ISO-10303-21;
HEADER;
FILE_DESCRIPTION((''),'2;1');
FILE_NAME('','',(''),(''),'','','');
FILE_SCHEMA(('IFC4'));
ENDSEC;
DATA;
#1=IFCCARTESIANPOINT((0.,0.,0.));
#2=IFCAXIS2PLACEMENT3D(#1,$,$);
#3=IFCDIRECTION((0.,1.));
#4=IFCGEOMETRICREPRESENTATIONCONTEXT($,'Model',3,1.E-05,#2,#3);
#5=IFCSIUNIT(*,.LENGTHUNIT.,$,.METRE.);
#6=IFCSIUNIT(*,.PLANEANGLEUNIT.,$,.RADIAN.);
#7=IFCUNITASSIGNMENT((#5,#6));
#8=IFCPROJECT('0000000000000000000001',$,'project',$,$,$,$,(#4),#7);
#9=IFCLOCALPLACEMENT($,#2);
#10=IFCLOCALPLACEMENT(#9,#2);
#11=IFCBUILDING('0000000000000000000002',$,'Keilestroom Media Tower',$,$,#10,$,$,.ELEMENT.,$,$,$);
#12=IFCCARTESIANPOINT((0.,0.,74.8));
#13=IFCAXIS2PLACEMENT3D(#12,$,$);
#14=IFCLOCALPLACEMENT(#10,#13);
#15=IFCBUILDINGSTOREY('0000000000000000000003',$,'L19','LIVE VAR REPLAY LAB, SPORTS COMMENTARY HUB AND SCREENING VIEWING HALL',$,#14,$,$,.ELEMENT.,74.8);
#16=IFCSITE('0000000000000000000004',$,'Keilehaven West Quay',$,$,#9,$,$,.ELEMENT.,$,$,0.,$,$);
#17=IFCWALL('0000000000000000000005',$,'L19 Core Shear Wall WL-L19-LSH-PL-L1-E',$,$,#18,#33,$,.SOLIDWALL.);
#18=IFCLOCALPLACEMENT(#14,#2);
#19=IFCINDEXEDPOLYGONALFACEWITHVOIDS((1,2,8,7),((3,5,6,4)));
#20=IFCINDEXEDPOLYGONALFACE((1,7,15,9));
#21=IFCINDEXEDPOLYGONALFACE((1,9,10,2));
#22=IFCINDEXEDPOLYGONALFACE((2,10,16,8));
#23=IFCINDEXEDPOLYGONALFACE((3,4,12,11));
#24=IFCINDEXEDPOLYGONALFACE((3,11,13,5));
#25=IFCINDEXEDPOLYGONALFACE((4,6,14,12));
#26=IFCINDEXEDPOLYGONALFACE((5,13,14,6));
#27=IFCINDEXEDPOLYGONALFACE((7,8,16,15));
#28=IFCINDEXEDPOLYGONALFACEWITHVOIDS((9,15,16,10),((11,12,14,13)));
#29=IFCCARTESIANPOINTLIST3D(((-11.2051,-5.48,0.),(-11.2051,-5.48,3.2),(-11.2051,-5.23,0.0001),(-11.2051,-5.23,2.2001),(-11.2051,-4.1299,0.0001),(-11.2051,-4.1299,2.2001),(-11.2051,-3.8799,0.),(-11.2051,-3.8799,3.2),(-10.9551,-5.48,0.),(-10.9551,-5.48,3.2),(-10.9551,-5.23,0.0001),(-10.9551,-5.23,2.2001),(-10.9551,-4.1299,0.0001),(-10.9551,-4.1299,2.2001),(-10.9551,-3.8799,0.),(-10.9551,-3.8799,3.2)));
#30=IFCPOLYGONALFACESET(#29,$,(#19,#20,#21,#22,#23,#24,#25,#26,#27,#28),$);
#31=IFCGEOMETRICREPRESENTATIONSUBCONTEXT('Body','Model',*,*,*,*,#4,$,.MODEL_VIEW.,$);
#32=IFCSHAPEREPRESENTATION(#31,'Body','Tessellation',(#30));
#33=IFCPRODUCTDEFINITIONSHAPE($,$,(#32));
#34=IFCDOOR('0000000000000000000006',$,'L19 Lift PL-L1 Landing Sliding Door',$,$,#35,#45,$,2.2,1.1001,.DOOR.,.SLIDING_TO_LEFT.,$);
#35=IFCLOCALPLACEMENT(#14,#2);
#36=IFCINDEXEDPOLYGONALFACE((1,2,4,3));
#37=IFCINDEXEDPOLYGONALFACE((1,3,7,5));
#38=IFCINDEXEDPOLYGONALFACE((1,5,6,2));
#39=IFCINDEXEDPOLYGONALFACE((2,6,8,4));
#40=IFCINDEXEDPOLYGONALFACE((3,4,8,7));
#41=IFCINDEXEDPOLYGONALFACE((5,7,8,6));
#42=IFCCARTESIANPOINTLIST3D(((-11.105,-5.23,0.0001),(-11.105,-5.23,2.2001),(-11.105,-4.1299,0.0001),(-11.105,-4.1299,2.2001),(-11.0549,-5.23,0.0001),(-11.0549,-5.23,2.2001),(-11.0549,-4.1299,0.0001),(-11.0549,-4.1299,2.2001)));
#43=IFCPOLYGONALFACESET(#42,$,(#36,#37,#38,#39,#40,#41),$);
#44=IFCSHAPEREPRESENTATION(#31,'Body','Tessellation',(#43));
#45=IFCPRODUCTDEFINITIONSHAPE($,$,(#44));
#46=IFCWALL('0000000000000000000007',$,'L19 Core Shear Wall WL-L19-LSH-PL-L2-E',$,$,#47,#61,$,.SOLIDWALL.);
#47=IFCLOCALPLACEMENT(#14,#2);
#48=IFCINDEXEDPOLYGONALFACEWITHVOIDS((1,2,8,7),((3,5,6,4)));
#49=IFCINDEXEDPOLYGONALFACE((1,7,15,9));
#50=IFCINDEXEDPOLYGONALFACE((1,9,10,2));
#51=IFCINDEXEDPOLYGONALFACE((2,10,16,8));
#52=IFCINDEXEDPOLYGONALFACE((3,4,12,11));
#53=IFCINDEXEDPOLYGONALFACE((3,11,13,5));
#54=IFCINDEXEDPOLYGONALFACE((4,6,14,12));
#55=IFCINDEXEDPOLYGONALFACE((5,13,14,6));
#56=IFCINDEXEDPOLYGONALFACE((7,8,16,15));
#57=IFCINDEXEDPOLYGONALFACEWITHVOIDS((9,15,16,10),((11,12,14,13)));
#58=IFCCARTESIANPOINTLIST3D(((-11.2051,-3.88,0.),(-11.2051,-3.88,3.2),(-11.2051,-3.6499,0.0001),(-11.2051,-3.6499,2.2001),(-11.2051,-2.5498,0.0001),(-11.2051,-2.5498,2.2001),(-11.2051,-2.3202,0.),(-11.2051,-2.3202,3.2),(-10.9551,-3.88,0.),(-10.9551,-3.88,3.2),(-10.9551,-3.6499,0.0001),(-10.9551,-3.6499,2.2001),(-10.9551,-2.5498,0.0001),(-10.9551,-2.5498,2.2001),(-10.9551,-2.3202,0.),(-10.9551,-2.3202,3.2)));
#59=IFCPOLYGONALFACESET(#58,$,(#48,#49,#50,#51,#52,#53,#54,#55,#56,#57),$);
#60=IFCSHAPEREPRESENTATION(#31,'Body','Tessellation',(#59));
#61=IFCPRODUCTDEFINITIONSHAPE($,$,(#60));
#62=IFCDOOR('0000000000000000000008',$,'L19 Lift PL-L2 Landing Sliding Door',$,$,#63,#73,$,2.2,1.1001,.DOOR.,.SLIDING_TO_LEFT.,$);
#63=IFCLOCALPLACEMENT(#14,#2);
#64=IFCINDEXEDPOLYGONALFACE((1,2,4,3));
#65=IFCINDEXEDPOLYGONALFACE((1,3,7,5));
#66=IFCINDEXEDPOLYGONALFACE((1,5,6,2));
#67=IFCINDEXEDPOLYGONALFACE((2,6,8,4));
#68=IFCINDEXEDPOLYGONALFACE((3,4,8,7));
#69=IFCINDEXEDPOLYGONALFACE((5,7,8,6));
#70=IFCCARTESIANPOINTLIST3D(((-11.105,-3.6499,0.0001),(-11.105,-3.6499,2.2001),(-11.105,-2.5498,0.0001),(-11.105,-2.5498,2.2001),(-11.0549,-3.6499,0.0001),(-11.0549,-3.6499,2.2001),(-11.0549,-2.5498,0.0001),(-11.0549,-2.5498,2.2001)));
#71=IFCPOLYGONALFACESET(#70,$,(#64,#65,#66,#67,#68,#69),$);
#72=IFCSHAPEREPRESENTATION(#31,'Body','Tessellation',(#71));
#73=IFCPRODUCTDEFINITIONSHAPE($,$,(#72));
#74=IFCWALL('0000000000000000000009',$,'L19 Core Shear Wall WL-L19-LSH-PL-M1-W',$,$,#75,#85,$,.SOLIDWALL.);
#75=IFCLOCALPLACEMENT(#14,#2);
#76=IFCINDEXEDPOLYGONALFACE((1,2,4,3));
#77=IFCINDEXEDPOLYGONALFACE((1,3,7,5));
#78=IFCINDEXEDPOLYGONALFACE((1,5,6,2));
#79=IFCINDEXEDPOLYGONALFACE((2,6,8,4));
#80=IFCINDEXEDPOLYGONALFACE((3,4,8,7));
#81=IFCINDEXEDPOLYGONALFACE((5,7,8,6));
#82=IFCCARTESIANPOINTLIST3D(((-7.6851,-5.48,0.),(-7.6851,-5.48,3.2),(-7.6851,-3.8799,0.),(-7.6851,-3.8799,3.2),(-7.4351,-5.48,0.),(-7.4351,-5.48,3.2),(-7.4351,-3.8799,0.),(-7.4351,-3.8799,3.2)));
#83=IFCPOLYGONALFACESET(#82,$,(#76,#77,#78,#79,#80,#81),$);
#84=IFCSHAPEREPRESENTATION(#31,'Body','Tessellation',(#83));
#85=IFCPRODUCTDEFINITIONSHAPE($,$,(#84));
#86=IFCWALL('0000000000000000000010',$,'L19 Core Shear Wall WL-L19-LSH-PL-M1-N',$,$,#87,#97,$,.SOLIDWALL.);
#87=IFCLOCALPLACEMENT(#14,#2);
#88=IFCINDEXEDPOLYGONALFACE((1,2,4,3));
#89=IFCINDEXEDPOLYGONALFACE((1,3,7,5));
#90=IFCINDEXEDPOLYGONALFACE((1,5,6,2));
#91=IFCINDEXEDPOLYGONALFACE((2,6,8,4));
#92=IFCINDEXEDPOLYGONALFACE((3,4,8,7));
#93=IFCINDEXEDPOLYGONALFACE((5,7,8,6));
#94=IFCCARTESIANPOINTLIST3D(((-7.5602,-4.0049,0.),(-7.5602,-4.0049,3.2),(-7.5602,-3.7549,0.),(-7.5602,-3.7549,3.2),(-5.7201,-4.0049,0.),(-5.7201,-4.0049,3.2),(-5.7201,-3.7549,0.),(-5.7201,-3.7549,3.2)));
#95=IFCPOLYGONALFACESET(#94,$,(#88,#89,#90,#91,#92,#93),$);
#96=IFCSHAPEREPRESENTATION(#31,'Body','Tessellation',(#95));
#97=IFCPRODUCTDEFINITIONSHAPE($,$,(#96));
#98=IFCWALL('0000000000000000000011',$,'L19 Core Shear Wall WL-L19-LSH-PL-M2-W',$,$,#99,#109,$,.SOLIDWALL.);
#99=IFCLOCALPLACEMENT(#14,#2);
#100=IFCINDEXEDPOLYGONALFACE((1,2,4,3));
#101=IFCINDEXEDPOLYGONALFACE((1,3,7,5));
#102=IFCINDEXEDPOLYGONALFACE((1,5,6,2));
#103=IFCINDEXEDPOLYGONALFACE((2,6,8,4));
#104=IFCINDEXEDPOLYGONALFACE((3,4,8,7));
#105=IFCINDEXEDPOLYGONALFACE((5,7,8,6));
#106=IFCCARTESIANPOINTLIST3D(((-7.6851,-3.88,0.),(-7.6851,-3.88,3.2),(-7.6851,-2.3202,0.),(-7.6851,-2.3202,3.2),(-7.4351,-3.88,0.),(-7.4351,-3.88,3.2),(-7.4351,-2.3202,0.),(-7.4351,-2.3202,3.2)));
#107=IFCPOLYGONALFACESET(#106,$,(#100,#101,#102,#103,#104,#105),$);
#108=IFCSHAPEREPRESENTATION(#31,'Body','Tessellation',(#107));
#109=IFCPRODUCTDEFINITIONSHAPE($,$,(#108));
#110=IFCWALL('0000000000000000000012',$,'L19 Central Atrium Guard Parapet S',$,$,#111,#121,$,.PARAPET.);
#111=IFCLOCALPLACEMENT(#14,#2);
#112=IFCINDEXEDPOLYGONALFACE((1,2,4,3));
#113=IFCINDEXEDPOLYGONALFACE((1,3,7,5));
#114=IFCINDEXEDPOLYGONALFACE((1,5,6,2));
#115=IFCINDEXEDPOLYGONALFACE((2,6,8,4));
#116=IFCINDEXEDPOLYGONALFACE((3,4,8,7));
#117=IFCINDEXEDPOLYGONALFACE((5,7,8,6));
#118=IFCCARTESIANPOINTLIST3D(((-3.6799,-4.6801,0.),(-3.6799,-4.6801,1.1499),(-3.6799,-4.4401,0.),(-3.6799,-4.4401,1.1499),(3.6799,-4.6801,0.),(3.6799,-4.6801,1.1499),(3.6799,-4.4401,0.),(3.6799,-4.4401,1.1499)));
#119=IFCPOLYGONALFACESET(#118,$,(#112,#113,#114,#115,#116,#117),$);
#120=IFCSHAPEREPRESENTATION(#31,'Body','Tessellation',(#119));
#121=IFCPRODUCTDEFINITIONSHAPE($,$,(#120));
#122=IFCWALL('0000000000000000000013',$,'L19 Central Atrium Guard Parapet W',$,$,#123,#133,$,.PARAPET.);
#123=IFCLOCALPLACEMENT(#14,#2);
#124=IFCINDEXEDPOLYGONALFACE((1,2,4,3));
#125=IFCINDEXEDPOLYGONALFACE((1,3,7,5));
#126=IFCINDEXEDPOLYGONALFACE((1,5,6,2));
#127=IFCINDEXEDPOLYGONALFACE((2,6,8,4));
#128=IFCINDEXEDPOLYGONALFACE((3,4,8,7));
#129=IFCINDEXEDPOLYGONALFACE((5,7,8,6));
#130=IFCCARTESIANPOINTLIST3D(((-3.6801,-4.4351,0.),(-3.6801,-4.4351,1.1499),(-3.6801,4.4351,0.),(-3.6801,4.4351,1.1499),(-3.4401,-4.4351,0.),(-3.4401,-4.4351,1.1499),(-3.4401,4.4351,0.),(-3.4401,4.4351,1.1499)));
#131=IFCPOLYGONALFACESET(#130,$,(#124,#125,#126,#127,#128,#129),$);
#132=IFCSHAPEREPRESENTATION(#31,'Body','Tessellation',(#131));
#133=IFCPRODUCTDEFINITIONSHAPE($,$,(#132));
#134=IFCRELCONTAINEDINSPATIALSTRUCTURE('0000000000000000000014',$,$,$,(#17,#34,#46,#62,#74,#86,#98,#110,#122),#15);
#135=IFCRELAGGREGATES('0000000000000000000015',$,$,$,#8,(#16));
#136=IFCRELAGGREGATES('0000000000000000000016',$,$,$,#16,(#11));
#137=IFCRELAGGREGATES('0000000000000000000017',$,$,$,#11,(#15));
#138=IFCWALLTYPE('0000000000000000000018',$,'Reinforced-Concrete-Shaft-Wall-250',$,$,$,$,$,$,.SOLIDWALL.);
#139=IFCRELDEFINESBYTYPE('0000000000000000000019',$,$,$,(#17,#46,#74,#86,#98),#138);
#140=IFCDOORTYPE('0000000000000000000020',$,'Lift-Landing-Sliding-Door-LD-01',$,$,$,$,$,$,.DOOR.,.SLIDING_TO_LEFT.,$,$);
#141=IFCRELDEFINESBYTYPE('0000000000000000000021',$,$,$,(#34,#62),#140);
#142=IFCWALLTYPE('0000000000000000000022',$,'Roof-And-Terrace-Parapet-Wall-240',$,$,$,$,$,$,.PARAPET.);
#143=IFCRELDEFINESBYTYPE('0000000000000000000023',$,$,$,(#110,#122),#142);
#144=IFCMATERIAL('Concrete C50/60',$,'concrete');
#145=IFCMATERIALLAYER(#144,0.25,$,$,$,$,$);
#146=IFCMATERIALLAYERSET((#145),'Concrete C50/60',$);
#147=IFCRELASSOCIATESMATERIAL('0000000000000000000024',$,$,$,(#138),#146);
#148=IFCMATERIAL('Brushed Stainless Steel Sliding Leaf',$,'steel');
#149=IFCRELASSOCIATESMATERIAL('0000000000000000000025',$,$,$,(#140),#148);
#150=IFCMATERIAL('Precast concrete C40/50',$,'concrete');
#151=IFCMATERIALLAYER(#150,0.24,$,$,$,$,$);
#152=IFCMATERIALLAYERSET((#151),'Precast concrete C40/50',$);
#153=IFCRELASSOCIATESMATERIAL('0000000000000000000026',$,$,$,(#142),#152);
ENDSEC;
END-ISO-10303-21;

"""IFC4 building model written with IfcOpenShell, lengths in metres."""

from ifc_helpers import new_model, si_unit, direction, frame, frame_2d, origin, place, context, subcontext, project, spatial, rectangle, extrude, source, transform, mapped, material, layer, layer_set, type_object, element, fill, save


model = new_model("IFC4")

# Units and contexts
model_context = context("Model", 3, precision=1e-05, world=origin(), true_north=direction((0.0, 1.0)))
body_context = subcontext(model_context, "Body", "Model", "MODEL_VIEW")
ifc_project = project(units=[si_unit("LENGTHUNIT", "METRE"), si_unit("PLANEANGLEUNIT", "RADIAN")], contexts=[model_context])

# Site, building, storey
site_placement = place(None, origin())
site = spatial("IfcSite", under=ifc_project, at=site_placement, Name="Keilehaven West Quay", CompositionType="ELEMENT", RefElevation=0.0)
building_placement = place(site_placement, origin())
building = spatial("IfcBuilding", under=site, at=building_placement, Name="Keilestroom Media Tower", CompositionType="ELEMENT")
storey_placement = place(building_placement, frame((0.0, 0.0, 74.8)))
storey = spatial("IfcBuildingStorey", under=building, at=storey_placement, Name="L19", Description="LIVE VAR REPLAY LAB, SPORTS COMMENTARY HUB AND SCREENING VIEWING HALL", CompositionType="ELEMENT", Elevation=74.8)

# Shared definitions
ifc_material_1 = material(Name="Concrete C50/60", Category="concrete")
ifc_layer_1 = layer(ifc_material_1, 0.25)
ifc_layer_set_1 = layer_set([ifc_layer_1], Name="Concrete C50/60")
wall_type_1 = type_object("IfcWallType", Name="Reinforced-Concrete-Shaft-Wall-250", PredefinedType="SOLIDWALL", material=ifc_layer_set_1)

# Shared definitions
ifc_material_2 = material(Name="Brushed Stainless Steel Sliding Leaf", Category="steel")

# Walls, openings, doors
wall_1_placement = place(storey_placement, frame((-11.0801, -5.48, 0.0), z_axis=(0.0, 0.0, 1.0), x_axis=(0.0, 1.0, 0.0)))
wall_1 = element("IfcWall", 1, at=wall_1_placement, inside=storey, type_object=wall_type_1, Name="L19 Core Shear Wall WL-L19-LSH-PL-L1-E", PredefinedType="SOLIDWALL", context=body_context, shape_type="SweptSolid", body=[
    extrude(rectangle(XDim=1.6001, YDim=0.25, at=frame_2d((0.8, 0.0))), origin(), (0.0, 0.0, 1.0), 3.2),
])
opening_1_placement = place(wall_1_placement, frame((0.25, 0.0, 0.0)))
opening_1 = element("IfcOpeningElement", 2, at=opening_1_placement, cuts=wall_1, PredefinedType="OPENING", context=body_context, shape_type="SweptSolid", body=[
    extrude(rectangle(XDim=1.1001, YDim=2.2, at=frame_2d((0.55, 1.1001))), frame((0.0, 0.135, 0.0), z_axis=(0.0, -1.0, 0.0), x_axis=(1.0, 0.0, 0.0)), (0.0, 0.0, 1.0), 0.27),
])
door_type_1 = type_object("IfcDoorType", Name="Lift-Landing-Sliding-Door-LD-01", OperationType="SLIDING_TO_LEFT", PredefinedType="DOOR", material=ifc_material_2)
shared_shape_1 = source(origin(), body_context, "Body", "SweptSolid", [
    extrude(rectangle(XDim=1.1001, YDim=2.2, at=frame_2d((0.55, 1.1001))), frame((0.0, 0.0249, 0.0), z_axis=(0.0, -1.0, 0.0), x_axis=(1.0, 0.0, 0.0)), (0.0, 0.0, 1.0), 0.05),
])
door_1_placement = place(opening_1_placement, origin())
door_1 = element("IfcDoor", 3, at=door_1_placement, inside=storey, type_object=door_type_1, Name="L19 Lift PL-L1 Landing Sliding Door", OperationType="SLIDING_TO_LEFT", OverallHeight=2.2, OverallWidth=1.1001, PredefinedType="DOOR", context=body_context, shape_type="MappedRepresentation", body=[
    mapped(shared_shape_1, transform((0.0, 0.0, 0.0), x_axis=(1.0, 0.0, 0.0), y_axis=(0.0, 1.0, 0.0), z_axis=(0.0, 0.0, 1.0), scale=1.0)),
])
fill(opening_1, door_1)
wall_2_placement = place(storey_placement, frame((-11.0801, -3.8799, 0.0), z_axis=(0.0, 0.0, 1.0), x_axis=(0.0, 1.0, 0.0)))
wall_2 = element("IfcWall", 4, at=wall_2_placement, inside=storey, type_object=wall_type_1, Name="L19 Core Shear Wall WL-L19-LSH-PL-L2-E", PredefinedType="SOLIDWALL", context=body_context, shape_type="SweptSolid", body=[
    extrude(rectangle(XDim=1.5598, YDim=0.25, at=frame_2d((0.7798, 0.0))), origin(), (0.0, 0.0, 1.0), 3.2),
])
opening_2_placement = place(wall_2_placement, frame((0.23, 0.0, 0.0)))
opening_2 = element("IfcOpeningElement", 5, at=opening_2_placement, cuts=wall_2, PredefinedType="OPENING", context=body_context, shape_type="SweptSolid", body=[
    extrude(rectangle(XDim=1.1001, YDim=2.2, at=frame_2d((0.55, 1.1001))), frame((0.0, 0.135, 0.0), z_axis=(0.0, -1.0, 0.0), x_axis=(1.0, 0.0, 0.0)), (0.0, 0.0, 1.0), 0.27),
])
door_2_placement = place(opening_2_placement, origin())
door_2 = element("IfcDoor", 6, at=door_2_placement, inside=storey, type_object=door_type_1, Name="L19 Lift PL-L2 Landing Sliding Door", OperationType="SLIDING_TO_LEFT", OverallHeight=2.2, OverallWidth=1.1001, PredefinedType="DOOR", context=body_context, shape_type="MappedRepresentation", body=[
    mapped(shared_shape_1, transform((0.0, 0.0, 0.0), x_axis=(1.0, 0.0, 0.0), y_axis=(0.0, 1.0, 0.0), z_axis=(0.0, 0.0, 1.0), scale=1.0)),
])
fill(opening_2, door_2)

# Walls
wall_3_placement = place(storey_placement, frame((-7.5601, -5.48, 0.0), z_axis=(0.0, 0.0, 1.0), x_axis=(0.0, 1.0, 0.0)))
element("IfcWall", 7, at=wall_3_placement, inside=storey, type_object=wall_type_1, Name="L19 Core Shear Wall WL-L19-LSH-PL-M1-W", PredefinedType="SOLIDWALL", context=body_context, shape_type="SweptSolid", body=[
    extrude(rectangle(XDim=1.6001, YDim=0.25, at=frame_2d((0.8, 0.0))), origin(), (0.0, 0.0, 1.0), 3.2),
])
wall_4_placement = place(storey_placement, frame((-7.5601, -3.8799, 0.0), z_axis=(0.0, 0.0, 1.0), x_axis=(1.0, 0.0, 0.0)))
element("IfcWall", 8, at=wall_4_placement, inside=storey, type_object=wall_type_1, Name="L19 Core Shear Wall WL-L19-LSH-PL-M1-N", PredefinedType="SOLIDWALL", context=body_context, shape_type="SweptSolid", body=[
    extrude(rectangle(XDim=1.8401, YDim=0.25, at=frame_2d((0.9199, 0.0))), origin(), (0.0, 0.0, 1.0), 3.2),
])
wall_5_placement = place(storey_placement, frame((-7.5601, -3.8799, 0.0), z_axis=(0.0, 0.0, 1.0), x_axis=(0.0, 1.0, 0.0)))
element("IfcWall", 9, at=wall_5_placement, inside=storey, type_object=wall_type_1, Name="L19 Core Shear Wall WL-L19-LSH-PL-M2-W", PredefinedType="SOLIDWALL", context=body_context, shape_type="SweptSolid", body=[
    extrude(rectangle(XDim=1.5598, YDim=0.25, at=frame_2d((0.7798, 0.0))), origin(), (0.0, 0.0, 1.0), 3.2),
])
ifc_material_3 = material(Name="Precast concrete C40/50", Category="concrete")
ifc_layer_2 = layer(ifc_material_3, 0.24)
ifc_layer_set_2 = layer_set([ifc_layer_2], Name="Precast concrete C40/50")
wall_type_2 = type_object("IfcWallType", Name="Roof-And-Terrace-Parapet-Wall-240", PredefinedType="PARAPET", material=ifc_layer_set_2)
wall_6_placement = place(storey_placement, frame((-3.6799, -4.5601, 0.0), z_axis=(0.0, 0.0, 1.0), x_axis=(1.0, 0.0, 0.0)))
element("IfcWall", 10, at=wall_6_placement, inside=storey, type_object=wall_type_2, Name="L19 Central Atrium Guard Parapet S", PredefinedType="PARAPET", context=body_context, shape_type="SweptSolid", body=[
    extrude(rectangle(XDim=7.3599, YDim=0.24, at=frame_2d((3.6799, 0.0))), origin(), (0.0, 0.0, 1.0), 1.1499),
])
wall_7_placement = place(storey_placement, frame((-3.5601, -4.4351, 0.0), z_axis=(0.0, 0.0, 1.0), x_axis=(0.0, 1.0, 0.0)))
element("IfcWall", 11, at=wall_7_placement, inside=storey, type_object=wall_type_2, Name="L19 Central Atrium Guard Parapet W", PredefinedType="PARAPET", context=body_context, shape_type="SweptSolid", body=[
    extrude(rectangle(XDim=8.8701, YDim=0.24, at=frame_2d((4.4351, 0.0))), origin(), (0.0, 0.0, 1.0), 1.1499),
])

save(model, "model.ifc")
